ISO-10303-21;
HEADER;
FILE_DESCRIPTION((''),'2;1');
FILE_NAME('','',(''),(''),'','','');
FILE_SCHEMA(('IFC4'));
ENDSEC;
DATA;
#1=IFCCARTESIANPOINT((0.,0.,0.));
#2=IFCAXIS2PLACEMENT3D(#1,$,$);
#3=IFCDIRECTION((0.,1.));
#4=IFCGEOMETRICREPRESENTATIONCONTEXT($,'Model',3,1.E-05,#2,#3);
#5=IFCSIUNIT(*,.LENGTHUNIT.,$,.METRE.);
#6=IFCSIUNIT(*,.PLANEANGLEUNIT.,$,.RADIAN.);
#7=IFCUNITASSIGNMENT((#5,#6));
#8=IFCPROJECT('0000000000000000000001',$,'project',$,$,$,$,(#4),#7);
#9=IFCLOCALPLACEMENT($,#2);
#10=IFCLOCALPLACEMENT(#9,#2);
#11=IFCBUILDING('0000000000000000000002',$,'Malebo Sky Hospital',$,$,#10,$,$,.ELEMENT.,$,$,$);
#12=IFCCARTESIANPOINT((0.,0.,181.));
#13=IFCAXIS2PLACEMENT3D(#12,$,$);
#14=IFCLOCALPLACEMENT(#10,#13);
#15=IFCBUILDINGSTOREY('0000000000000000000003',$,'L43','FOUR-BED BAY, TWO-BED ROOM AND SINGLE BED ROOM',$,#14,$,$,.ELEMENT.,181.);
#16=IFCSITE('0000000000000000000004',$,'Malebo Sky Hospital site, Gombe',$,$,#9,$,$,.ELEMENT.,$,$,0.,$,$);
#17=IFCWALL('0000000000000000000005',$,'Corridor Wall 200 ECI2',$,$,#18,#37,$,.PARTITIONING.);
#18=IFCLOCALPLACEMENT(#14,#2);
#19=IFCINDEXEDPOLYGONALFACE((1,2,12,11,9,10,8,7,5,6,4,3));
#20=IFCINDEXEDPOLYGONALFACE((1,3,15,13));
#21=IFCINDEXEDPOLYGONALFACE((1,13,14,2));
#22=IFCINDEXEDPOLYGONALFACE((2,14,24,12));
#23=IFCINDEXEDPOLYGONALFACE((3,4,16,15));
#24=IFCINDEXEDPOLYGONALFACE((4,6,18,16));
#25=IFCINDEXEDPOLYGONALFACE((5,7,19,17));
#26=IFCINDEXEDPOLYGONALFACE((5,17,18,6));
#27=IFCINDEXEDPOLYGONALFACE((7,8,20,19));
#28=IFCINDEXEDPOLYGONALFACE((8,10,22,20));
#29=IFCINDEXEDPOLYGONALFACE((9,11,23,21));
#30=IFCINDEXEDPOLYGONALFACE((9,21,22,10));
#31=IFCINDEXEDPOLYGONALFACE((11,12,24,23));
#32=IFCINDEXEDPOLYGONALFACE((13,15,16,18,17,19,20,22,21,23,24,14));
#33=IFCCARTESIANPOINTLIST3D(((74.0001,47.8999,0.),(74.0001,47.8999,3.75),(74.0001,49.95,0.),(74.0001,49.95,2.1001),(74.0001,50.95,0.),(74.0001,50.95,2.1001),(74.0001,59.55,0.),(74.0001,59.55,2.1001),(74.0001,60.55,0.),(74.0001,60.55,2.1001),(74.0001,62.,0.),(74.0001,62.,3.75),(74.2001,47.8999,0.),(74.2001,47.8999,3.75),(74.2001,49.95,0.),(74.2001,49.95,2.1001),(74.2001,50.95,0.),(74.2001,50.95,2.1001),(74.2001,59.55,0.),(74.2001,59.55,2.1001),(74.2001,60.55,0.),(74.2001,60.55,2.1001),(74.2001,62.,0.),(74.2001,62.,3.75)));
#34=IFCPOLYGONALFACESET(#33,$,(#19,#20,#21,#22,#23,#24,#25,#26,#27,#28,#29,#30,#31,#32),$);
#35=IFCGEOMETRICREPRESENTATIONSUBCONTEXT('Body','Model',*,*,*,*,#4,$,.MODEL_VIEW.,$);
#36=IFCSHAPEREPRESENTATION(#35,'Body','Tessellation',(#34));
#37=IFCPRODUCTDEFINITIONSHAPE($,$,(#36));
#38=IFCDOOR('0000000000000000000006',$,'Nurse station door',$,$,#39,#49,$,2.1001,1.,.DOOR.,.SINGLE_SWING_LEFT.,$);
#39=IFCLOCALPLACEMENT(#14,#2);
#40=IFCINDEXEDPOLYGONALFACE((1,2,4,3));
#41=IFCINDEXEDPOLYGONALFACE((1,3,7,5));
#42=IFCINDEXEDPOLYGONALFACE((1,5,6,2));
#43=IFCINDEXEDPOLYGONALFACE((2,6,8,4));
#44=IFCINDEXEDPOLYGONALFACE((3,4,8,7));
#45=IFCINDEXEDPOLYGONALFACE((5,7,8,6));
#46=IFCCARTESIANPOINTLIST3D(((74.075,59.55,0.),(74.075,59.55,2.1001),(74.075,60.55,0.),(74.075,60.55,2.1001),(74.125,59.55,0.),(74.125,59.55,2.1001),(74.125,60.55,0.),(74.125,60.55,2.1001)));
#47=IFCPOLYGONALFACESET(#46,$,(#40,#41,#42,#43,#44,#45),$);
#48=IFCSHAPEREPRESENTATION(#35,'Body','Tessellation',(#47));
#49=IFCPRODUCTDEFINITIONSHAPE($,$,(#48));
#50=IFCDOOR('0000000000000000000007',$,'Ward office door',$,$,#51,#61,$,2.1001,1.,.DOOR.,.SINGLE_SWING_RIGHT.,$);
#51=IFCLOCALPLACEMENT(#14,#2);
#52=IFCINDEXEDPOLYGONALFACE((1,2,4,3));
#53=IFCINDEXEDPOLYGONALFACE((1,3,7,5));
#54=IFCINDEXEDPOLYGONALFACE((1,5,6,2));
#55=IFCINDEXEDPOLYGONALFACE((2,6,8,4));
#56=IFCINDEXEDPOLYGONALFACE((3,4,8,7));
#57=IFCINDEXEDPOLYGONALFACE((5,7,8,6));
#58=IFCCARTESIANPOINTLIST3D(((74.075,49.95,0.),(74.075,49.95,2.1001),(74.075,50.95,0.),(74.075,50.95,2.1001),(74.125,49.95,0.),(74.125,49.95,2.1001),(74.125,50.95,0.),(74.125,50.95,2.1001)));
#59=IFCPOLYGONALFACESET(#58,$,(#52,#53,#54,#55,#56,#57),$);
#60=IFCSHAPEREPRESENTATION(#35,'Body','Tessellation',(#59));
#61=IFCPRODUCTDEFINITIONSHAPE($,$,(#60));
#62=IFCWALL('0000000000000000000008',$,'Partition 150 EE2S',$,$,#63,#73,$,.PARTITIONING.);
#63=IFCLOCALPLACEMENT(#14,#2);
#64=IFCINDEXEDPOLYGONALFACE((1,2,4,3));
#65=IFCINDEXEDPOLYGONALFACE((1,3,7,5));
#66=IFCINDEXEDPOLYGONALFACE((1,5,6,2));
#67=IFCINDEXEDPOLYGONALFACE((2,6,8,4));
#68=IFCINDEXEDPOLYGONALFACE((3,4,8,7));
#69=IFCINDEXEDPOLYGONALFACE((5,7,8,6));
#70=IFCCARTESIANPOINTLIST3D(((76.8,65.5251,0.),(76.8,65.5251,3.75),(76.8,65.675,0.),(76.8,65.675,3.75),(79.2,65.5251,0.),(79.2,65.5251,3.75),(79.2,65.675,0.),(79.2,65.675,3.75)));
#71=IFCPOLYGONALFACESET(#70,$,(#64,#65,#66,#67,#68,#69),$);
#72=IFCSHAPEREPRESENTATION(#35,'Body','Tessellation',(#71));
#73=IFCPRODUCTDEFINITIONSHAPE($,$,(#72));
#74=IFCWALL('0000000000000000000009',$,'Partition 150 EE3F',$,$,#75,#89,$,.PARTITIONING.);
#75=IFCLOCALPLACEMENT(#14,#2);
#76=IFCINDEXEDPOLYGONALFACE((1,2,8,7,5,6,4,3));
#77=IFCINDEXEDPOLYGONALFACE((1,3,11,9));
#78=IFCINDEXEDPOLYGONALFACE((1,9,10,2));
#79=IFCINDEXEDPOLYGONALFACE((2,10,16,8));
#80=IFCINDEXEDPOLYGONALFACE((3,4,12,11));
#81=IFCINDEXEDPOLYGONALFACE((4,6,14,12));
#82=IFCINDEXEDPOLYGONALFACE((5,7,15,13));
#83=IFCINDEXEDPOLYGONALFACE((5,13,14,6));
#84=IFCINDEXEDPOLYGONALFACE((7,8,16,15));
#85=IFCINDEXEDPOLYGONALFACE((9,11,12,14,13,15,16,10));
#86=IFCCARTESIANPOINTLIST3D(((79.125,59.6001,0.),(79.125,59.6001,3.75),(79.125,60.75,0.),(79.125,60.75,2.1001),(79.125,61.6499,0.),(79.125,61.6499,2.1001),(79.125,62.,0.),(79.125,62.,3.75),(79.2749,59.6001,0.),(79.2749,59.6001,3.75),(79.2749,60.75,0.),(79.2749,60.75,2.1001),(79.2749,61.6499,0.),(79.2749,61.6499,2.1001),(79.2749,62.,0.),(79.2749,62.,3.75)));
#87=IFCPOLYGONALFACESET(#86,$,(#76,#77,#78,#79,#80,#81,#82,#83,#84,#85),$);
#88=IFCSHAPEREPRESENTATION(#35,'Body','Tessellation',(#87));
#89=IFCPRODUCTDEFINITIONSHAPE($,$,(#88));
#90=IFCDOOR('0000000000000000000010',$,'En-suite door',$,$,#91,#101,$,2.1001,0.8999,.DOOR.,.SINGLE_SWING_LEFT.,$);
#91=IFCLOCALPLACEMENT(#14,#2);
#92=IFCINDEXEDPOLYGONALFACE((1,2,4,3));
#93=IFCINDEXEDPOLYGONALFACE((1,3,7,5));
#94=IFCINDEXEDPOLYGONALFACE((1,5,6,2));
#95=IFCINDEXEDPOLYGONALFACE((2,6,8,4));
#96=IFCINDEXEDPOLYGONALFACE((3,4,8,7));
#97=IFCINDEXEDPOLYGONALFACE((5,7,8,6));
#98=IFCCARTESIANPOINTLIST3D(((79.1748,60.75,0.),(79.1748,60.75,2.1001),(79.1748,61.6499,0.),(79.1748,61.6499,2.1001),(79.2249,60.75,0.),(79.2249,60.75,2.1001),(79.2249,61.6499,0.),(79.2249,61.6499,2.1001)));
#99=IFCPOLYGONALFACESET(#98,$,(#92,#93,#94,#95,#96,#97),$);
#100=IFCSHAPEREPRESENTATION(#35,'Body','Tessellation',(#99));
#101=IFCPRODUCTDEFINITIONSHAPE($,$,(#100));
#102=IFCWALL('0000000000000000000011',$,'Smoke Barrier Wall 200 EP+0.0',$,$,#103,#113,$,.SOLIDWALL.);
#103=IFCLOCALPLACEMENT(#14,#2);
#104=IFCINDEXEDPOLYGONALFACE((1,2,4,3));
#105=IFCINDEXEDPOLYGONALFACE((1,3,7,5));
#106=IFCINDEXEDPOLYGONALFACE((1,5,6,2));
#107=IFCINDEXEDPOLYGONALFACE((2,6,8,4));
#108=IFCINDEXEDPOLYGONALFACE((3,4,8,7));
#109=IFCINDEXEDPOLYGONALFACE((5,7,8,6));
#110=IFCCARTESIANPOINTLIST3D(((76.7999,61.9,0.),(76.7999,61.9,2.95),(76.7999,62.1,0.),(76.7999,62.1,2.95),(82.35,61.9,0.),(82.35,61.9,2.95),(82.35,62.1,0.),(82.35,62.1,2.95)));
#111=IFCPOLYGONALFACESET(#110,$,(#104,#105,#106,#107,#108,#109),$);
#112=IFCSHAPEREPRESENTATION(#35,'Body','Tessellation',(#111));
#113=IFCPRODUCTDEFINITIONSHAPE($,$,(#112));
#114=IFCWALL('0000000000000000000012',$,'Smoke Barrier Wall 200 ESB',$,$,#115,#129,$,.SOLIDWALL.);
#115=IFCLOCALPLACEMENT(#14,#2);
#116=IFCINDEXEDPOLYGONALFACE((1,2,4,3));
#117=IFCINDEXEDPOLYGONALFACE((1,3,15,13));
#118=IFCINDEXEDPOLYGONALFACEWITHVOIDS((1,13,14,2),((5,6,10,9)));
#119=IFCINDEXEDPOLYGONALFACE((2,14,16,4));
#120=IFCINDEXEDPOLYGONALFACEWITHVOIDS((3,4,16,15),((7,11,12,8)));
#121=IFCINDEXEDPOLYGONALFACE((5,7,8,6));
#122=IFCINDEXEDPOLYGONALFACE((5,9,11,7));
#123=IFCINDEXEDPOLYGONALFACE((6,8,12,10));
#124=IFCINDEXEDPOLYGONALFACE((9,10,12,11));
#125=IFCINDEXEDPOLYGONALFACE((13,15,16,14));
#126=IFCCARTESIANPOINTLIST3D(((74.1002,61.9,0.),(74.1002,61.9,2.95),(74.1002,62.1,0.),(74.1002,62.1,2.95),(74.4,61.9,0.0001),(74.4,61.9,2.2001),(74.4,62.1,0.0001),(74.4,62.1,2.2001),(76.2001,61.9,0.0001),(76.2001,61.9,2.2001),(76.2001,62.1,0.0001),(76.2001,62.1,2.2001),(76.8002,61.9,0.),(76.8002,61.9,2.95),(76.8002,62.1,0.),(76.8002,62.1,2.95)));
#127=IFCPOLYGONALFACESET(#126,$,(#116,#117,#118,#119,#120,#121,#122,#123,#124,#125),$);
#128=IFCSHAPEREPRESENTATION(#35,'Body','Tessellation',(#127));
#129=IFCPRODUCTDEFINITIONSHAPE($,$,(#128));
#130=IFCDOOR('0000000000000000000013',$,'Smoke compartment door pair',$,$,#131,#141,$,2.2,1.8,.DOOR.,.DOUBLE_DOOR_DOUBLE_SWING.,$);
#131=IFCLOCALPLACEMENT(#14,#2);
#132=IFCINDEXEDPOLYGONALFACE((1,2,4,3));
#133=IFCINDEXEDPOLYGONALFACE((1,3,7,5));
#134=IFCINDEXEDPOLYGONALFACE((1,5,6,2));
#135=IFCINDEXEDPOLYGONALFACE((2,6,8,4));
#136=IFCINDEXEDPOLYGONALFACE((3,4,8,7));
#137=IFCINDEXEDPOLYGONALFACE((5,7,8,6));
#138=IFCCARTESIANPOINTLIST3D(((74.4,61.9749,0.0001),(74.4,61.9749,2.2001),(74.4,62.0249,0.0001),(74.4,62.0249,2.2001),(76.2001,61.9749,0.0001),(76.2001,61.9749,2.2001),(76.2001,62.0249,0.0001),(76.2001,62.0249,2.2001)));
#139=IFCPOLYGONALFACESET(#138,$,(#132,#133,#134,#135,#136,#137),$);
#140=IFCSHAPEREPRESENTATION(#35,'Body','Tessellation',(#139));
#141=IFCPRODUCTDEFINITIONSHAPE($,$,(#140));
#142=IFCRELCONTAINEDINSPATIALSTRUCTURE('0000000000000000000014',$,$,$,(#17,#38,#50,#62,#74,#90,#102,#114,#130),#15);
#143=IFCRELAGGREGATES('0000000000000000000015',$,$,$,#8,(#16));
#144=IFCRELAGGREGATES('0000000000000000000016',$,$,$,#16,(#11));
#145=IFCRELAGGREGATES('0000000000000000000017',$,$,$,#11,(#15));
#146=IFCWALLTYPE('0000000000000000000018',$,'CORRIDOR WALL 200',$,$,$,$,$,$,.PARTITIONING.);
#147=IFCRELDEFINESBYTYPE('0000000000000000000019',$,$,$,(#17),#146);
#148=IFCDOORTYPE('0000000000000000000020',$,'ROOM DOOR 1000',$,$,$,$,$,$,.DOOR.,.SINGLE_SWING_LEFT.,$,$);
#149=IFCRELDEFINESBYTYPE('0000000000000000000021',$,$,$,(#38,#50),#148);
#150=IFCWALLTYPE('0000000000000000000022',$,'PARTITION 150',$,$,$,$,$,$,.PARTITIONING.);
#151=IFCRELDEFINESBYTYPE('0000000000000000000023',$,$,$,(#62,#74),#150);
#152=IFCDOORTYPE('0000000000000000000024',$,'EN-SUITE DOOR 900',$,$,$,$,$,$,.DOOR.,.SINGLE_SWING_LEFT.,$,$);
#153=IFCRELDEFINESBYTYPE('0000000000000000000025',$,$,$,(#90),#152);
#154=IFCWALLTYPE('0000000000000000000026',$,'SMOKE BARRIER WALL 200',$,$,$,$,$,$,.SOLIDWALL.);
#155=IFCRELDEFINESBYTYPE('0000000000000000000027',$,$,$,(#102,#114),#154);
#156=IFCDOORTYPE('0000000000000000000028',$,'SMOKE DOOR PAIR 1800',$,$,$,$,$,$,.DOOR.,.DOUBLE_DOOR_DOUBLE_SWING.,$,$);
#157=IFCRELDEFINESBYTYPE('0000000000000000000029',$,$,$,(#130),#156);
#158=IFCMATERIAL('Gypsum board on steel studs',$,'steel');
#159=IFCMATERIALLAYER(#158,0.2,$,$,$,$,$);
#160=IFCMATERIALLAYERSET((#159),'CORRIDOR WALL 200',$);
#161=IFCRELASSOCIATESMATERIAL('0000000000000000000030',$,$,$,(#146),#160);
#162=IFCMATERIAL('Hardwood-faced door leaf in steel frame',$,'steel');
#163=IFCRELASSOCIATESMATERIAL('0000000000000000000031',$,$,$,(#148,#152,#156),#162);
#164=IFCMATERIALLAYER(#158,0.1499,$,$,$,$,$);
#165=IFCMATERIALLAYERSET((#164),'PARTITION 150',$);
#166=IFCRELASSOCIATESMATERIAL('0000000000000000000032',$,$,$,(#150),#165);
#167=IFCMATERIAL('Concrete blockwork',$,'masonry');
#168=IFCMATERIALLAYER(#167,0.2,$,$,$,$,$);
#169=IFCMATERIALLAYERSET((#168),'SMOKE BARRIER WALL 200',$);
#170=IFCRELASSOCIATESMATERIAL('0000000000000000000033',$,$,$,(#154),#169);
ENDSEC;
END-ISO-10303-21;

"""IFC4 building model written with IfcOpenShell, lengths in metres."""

from ifc_helpers import new_model, si_unit, direction, frame, frame_2d, origin, place, context, subcontext, project, spatial, rectangle, extrude, material, layer, layer_set, type_object, element, fill, save


model = new_model("IFC4")

# Units and contexts
model_context = context("Model", 3, precision=1e-05, world=origin(), true_north=direction((0.0, 1.0)))
body_context = subcontext(model_context, "Body", "Model", "MODEL_VIEW")
ifc_project = project(units=[si_unit("LENGTHUNIT", "METRE"), si_unit("PLANEANGLEUNIT", "RADIAN")], contexts=[model_context])

# Site, building, storey
site_placement = place(None, origin())
site = spatial("IfcSite", under=ifc_project, at=site_placement, Name="Malebo Sky Hospital site, Gombe", CompositionType="ELEMENT", RefElevation=0.0)
building_placement = place(site_placement, origin())
building = spatial("IfcBuilding", under=site, at=building_placement, Name="Malebo Sky Hospital", CompositionType="ELEMENT")
storey_placement = place(building_placement, frame((0.0, 0.0, 181.0)))
storey = spatial("IfcBuildingStorey", under=building, at=storey_placement, Name="L43", Description="FOUR-BED BAY, TWO-BED ROOM AND SINGLE BED ROOM", CompositionType="ELEMENT", Elevation=181.0)

# Wall, openings, doors
ifc_material_1 = material(Name="Gypsum board on steel studs", Category="steel")
ifc_layer_1 = layer(ifc_material_1, 0.2)
ifc_layer_set_1 = layer_set([ifc_layer_1], Name="CORRIDOR WALL 200")
wall_type_1 = type_object("IfcWallType", Name="CORRIDOR WALL 200", PredefinedType="PARTITIONING", material=ifc_layer_set_1)
wall_1_placement = place(storey_placement, frame((74.1001, 62.0, 0.0), z_axis=(0.0, 0.0, 1.0), x_axis=(0.0, -1.0, 0.0)))
wall_1 = element("IfcWall", 1, at=wall_1_placement, inside=storey, type_object=wall_type_1, Name="Corridor Wall 200 ECI2", PredefinedType="PARTITIONING", context=body_context, shape_type="SweptSolid", body=[
    extrude(rectangle(XDim=14.1001, YDim=0.2, at=frame_2d((7.05, 0.0))), origin(), (0.0, 0.0, 1.0), 3.75),
])
opening_1_placement = place(wall_1_placement, frame((1.45, 0.0, 0.0)))
opening_1 = element("IfcOpeningElement", 2, at=opening_1_placement, cuts=wall_1, PredefinedType="OPENING", context=body_context, shape_type="SweptSolid", body=[
    extrude(rectangle(XDim=1.0, YDim=2.1001, at=frame_2d((0.5, 1.05))), frame((0.0, 0.1099, 0.0), z_axis=(0.0, -1.0, 0.0), x_axis=(1.0, 0.0, 0.0)), (0.0, 0.0, 1.0), 0.22),
])
opening_2_placement = place(wall_1_placement, frame((11.05, 0.0, 0.0)))
opening_2 = element("IfcOpeningElement", 3, at=opening_2_placement, cuts=wall_1, PredefinedType="OPENING", context=body_context, shape_type="SweptSolid", body=[
    extrude(rectangle(XDim=1.0, YDim=2.1001, at=frame_2d((0.5, 1.05))), frame((0.0, 0.1099, 0.0), z_axis=(0.0, -1.0, 0.0), x_axis=(1.0, 0.0, 0.0)), (0.0, 0.0, 1.0), 0.22),
])
ifc_material_2 = material(Name="Hardwood-faced door leaf in steel frame", Category="steel")
door_type_1 = type_object("IfcDoorType", Name="ROOM DOOR 1000", OperationType="SINGLE_SWING_LEFT", PredefinedType="DOOR", material=ifc_material_2)
door_1_placement = place(opening_1_placement, origin())
door_1 = element("IfcDoor", 4, at=door_1_placement, inside=storey, type_object=door_type_1, Name="Nurse station door", OperationType="SINGLE_SWING_LEFT", OverallHeight=2.1001, OverallWidth=1.0, PredefinedType="DOOR", context=body_context, shape_type="SweptSolid", body=[
    extrude(rectangle(XDim=1.0, YDim=2.1001, at=frame_2d((0.5, 1.05))), frame((0.0, 0.0249, 0.0), z_axis=(0.0, -1.0, 0.0), x_axis=(1.0, 0.0, 0.0)), (0.0, 0.0, 1.0), 0.05),
])
fill(opening_1, door_1)
door_2_placement = place(opening_2_placement, origin())
door_2 = element("IfcDoor", 5, at=door_2_placement, inside=storey, type_object=door_type_1, Name="Ward office door", OperationType="SINGLE_SWING_RIGHT", OverallHeight=2.1001, OverallWidth=1.0, PredefinedType="DOOR", context=body_context, shape_type="SweptSolid", body=[
    extrude(rectangle(XDim=1.0, YDim=2.1001, at=frame_2d((0.5, 1.05))), frame((0.0, 0.0249, 0.0), z_axis=(0.0, -1.0, 0.0), x_axis=(1.0, 0.0, 0.0)), (0.0, 0.0, 1.0), 0.05),
])
fill(opening_2, door_2)

# Wall
ifc_layer_2 = layer(ifc_material_1, 0.1499)
ifc_layer_set_2 = layer_set([ifc_layer_2], Name="PARTITION 150")
wall_type_2 = type_object("IfcWallType", Name="PARTITION 150", PredefinedType="PARTITIONING", material=ifc_layer_set_2)
wall_2_placement = place(storey_placement, frame((76.8, 65.6001, 0.0), z_axis=(0.0, 0.0, 1.0), x_axis=(1.0, 0.0, 0.0)))
element("IfcWall", 6, at=wall_2_placement, inside=storey, type_object=wall_type_2, Name="Partition 150 EE2S", PredefinedType="PARTITIONING", context=body_context, shape_type="SweptSolid", body=[
    extrude(rectangle(XDim=2.3999, YDim=0.1499, at=frame_2d((1.2, 0.0))), origin(), (0.0, 0.0, 1.0), 3.75),
])

# Wall, opening, door
wall_3_placement = place(storey_placement, frame((79.2, 62.0, 0.0), z_axis=(0.0, 0.0, 1.0), x_axis=(0.0, -1.0, 0.0)))
wall_3 = element("IfcWall", 7, at=wall_3_placement, inside=storey, type_object=wall_type_2, Name="Partition 150 EE3F", PredefinedType="PARTITIONING", context=body_context, shape_type="SweptSolid", body=[
    extrude(rectangle(XDim=2.3999, YDim=0.1499, at=frame_2d((1.2, 0.0))), origin(), (0.0, 0.0, 1.0), 3.75),
])
opening_3_placement = place(wall_3_placement, frame((0.3501, 0.0, 0.0)))
opening_3 = element("IfcOpeningElement", 8, at=opening_3_placement, cuts=wall_3, PredefinedType="OPENING", context=body_context, shape_type="SweptSolid", body=[
    extrude(rectangle(XDim=0.8999, YDim=2.1001, at=frame_2d((0.45, 1.05))), frame((0.0, 0.085, 0.0), z_axis=(0.0, -1.0, 0.0), x_axis=(1.0, 0.0, 0.0)), (0.0, 0.0, 1.0), 0.1699),
])
door_type_2 = type_object("IfcDoorType", Name="EN-SUITE DOOR 900", OperationType="SINGLE_SWING_LEFT", PredefinedType="DOOR", material=ifc_material_2)
door_3_placement = place(opening_3_placement, origin())
door_3 = element("IfcDoor", 9, at=door_3_placement, inside=storey, type_object=door_type_2, Name="En-suite door", OperationType="SINGLE_SWING_LEFT", OverallHeight=2.1001, OverallWidth=0.8999, PredefinedType="DOOR", context=body_context, shape_type="SweptSolid", body=[
    extrude(rectangle(XDim=0.8999, YDim=2.1001, at=frame_2d((0.45, 1.05))), frame((0.0, 0.0249, 0.0), z_axis=(0.0, -1.0, 0.0), x_axis=(1.0, 0.0, 0.0)), (0.0, 0.0, 1.0), 0.05),
])
fill(opening_3, door_3)

# Wall
ifc_material_3 = material(Name="Concrete blockwork", Category="masonry")
ifc_layer_3 = layer(ifc_material_3, 0.2)
ifc_layer_set_3 = layer_set([ifc_layer_3], Name="SMOKE BARRIER WALL 200")
wall_type_3 = type_object("IfcWallType", Name="SMOKE BARRIER WALL 200", PredefinedType="SOLIDWALL", material=ifc_layer_set_3)
wall_4_placement = place(storey_placement, frame((76.8, 62.0, 0.0), z_axis=(0.0, 0.0, 1.0), x_axis=(1.0, 0.0, 0.0)))
element("IfcWall", 10, at=wall_4_placement, inside=storey, type_object=wall_type_3, Name="Smoke Barrier Wall 200 EP+0.0", PredefinedType="SOLIDWALL", context=body_context, shape_type="SweptSolid", body=[
    extrude(rectangle(XDim=5.55, YDim=0.2, at=frame_2d((2.7749, 0.0))), origin(), (0.0, 0.0, 1.0), 2.95),
])

# Wall, opening, door
wall_5_placement = place(storey_placement, frame((74.1001, 62.0, 0.0), z_axis=(0.0, 0.0, 1.0), x_axis=(1.0, 0.0, 0.0)))
wall_5 = element("IfcWall", 11, at=wall_5_placement, inside=storey, type_object=wall_type_3, Name="Smoke Barrier Wall 200 ESB", PredefinedType="SOLIDWALL", context=body_context, shape_type="SweptSolid", body=[
    extrude(rectangle(XDim=2.7, YDim=0.2, at=frame_2d((1.3501, 0.0))), origin(), (0.0, 0.0, 1.0), 2.95),
])
opening_4_placement = place(wall_5_placement, frame((0.3, 0.0, 0.0)))
opening_4 = element("IfcOpeningElement", 12, at=opening_4_placement, cuts=wall_5, PredefinedType="OPENING", context=body_context, shape_type="SweptSolid", body=[
    extrude(rectangle(XDim=1.8, YDim=2.2, at=frame_2d((0.8999, 1.1001))), frame((0.0, 0.1099, 0.0), z_axis=(0.0, -1.0, 0.0), x_axis=(1.0, 0.0, 0.0)), (0.0, 0.0, 1.0), 0.22),
])
door_type_3 = type_object("IfcDoorType", Name="SMOKE DOOR PAIR 1800", OperationType="DOUBLE_DOOR_DOUBLE_SWING", PredefinedType="DOOR", material=ifc_material_2)
door_4_placement = place(opening_4_placement, origin())
door_4 = element("IfcDoor", 13, at=door_4_placement, inside=storey, type_object=door_type_3, Name="Smoke compartment door pair", OperationType="DOUBLE_DOOR_DOUBLE_SWING", OverallHeight=2.2, OverallWidth=1.8, PredefinedType="DOOR", context=body_context, shape_type="SweptSolid", body=[
    extrude(rectangle(XDim=1.8, YDim=2.2, at=frame_2d((0.8999, 1.1001))), frame((0.0, 0.0249, 0.0), z_axis=(0.0, -1.0, 0.0), x_axis=(1.0, 0.0, 0.0)), (0.0, 0.0, 1.0), 0.05),
])
fill(opening_4, door_4)

save(model, "model.ifc")
